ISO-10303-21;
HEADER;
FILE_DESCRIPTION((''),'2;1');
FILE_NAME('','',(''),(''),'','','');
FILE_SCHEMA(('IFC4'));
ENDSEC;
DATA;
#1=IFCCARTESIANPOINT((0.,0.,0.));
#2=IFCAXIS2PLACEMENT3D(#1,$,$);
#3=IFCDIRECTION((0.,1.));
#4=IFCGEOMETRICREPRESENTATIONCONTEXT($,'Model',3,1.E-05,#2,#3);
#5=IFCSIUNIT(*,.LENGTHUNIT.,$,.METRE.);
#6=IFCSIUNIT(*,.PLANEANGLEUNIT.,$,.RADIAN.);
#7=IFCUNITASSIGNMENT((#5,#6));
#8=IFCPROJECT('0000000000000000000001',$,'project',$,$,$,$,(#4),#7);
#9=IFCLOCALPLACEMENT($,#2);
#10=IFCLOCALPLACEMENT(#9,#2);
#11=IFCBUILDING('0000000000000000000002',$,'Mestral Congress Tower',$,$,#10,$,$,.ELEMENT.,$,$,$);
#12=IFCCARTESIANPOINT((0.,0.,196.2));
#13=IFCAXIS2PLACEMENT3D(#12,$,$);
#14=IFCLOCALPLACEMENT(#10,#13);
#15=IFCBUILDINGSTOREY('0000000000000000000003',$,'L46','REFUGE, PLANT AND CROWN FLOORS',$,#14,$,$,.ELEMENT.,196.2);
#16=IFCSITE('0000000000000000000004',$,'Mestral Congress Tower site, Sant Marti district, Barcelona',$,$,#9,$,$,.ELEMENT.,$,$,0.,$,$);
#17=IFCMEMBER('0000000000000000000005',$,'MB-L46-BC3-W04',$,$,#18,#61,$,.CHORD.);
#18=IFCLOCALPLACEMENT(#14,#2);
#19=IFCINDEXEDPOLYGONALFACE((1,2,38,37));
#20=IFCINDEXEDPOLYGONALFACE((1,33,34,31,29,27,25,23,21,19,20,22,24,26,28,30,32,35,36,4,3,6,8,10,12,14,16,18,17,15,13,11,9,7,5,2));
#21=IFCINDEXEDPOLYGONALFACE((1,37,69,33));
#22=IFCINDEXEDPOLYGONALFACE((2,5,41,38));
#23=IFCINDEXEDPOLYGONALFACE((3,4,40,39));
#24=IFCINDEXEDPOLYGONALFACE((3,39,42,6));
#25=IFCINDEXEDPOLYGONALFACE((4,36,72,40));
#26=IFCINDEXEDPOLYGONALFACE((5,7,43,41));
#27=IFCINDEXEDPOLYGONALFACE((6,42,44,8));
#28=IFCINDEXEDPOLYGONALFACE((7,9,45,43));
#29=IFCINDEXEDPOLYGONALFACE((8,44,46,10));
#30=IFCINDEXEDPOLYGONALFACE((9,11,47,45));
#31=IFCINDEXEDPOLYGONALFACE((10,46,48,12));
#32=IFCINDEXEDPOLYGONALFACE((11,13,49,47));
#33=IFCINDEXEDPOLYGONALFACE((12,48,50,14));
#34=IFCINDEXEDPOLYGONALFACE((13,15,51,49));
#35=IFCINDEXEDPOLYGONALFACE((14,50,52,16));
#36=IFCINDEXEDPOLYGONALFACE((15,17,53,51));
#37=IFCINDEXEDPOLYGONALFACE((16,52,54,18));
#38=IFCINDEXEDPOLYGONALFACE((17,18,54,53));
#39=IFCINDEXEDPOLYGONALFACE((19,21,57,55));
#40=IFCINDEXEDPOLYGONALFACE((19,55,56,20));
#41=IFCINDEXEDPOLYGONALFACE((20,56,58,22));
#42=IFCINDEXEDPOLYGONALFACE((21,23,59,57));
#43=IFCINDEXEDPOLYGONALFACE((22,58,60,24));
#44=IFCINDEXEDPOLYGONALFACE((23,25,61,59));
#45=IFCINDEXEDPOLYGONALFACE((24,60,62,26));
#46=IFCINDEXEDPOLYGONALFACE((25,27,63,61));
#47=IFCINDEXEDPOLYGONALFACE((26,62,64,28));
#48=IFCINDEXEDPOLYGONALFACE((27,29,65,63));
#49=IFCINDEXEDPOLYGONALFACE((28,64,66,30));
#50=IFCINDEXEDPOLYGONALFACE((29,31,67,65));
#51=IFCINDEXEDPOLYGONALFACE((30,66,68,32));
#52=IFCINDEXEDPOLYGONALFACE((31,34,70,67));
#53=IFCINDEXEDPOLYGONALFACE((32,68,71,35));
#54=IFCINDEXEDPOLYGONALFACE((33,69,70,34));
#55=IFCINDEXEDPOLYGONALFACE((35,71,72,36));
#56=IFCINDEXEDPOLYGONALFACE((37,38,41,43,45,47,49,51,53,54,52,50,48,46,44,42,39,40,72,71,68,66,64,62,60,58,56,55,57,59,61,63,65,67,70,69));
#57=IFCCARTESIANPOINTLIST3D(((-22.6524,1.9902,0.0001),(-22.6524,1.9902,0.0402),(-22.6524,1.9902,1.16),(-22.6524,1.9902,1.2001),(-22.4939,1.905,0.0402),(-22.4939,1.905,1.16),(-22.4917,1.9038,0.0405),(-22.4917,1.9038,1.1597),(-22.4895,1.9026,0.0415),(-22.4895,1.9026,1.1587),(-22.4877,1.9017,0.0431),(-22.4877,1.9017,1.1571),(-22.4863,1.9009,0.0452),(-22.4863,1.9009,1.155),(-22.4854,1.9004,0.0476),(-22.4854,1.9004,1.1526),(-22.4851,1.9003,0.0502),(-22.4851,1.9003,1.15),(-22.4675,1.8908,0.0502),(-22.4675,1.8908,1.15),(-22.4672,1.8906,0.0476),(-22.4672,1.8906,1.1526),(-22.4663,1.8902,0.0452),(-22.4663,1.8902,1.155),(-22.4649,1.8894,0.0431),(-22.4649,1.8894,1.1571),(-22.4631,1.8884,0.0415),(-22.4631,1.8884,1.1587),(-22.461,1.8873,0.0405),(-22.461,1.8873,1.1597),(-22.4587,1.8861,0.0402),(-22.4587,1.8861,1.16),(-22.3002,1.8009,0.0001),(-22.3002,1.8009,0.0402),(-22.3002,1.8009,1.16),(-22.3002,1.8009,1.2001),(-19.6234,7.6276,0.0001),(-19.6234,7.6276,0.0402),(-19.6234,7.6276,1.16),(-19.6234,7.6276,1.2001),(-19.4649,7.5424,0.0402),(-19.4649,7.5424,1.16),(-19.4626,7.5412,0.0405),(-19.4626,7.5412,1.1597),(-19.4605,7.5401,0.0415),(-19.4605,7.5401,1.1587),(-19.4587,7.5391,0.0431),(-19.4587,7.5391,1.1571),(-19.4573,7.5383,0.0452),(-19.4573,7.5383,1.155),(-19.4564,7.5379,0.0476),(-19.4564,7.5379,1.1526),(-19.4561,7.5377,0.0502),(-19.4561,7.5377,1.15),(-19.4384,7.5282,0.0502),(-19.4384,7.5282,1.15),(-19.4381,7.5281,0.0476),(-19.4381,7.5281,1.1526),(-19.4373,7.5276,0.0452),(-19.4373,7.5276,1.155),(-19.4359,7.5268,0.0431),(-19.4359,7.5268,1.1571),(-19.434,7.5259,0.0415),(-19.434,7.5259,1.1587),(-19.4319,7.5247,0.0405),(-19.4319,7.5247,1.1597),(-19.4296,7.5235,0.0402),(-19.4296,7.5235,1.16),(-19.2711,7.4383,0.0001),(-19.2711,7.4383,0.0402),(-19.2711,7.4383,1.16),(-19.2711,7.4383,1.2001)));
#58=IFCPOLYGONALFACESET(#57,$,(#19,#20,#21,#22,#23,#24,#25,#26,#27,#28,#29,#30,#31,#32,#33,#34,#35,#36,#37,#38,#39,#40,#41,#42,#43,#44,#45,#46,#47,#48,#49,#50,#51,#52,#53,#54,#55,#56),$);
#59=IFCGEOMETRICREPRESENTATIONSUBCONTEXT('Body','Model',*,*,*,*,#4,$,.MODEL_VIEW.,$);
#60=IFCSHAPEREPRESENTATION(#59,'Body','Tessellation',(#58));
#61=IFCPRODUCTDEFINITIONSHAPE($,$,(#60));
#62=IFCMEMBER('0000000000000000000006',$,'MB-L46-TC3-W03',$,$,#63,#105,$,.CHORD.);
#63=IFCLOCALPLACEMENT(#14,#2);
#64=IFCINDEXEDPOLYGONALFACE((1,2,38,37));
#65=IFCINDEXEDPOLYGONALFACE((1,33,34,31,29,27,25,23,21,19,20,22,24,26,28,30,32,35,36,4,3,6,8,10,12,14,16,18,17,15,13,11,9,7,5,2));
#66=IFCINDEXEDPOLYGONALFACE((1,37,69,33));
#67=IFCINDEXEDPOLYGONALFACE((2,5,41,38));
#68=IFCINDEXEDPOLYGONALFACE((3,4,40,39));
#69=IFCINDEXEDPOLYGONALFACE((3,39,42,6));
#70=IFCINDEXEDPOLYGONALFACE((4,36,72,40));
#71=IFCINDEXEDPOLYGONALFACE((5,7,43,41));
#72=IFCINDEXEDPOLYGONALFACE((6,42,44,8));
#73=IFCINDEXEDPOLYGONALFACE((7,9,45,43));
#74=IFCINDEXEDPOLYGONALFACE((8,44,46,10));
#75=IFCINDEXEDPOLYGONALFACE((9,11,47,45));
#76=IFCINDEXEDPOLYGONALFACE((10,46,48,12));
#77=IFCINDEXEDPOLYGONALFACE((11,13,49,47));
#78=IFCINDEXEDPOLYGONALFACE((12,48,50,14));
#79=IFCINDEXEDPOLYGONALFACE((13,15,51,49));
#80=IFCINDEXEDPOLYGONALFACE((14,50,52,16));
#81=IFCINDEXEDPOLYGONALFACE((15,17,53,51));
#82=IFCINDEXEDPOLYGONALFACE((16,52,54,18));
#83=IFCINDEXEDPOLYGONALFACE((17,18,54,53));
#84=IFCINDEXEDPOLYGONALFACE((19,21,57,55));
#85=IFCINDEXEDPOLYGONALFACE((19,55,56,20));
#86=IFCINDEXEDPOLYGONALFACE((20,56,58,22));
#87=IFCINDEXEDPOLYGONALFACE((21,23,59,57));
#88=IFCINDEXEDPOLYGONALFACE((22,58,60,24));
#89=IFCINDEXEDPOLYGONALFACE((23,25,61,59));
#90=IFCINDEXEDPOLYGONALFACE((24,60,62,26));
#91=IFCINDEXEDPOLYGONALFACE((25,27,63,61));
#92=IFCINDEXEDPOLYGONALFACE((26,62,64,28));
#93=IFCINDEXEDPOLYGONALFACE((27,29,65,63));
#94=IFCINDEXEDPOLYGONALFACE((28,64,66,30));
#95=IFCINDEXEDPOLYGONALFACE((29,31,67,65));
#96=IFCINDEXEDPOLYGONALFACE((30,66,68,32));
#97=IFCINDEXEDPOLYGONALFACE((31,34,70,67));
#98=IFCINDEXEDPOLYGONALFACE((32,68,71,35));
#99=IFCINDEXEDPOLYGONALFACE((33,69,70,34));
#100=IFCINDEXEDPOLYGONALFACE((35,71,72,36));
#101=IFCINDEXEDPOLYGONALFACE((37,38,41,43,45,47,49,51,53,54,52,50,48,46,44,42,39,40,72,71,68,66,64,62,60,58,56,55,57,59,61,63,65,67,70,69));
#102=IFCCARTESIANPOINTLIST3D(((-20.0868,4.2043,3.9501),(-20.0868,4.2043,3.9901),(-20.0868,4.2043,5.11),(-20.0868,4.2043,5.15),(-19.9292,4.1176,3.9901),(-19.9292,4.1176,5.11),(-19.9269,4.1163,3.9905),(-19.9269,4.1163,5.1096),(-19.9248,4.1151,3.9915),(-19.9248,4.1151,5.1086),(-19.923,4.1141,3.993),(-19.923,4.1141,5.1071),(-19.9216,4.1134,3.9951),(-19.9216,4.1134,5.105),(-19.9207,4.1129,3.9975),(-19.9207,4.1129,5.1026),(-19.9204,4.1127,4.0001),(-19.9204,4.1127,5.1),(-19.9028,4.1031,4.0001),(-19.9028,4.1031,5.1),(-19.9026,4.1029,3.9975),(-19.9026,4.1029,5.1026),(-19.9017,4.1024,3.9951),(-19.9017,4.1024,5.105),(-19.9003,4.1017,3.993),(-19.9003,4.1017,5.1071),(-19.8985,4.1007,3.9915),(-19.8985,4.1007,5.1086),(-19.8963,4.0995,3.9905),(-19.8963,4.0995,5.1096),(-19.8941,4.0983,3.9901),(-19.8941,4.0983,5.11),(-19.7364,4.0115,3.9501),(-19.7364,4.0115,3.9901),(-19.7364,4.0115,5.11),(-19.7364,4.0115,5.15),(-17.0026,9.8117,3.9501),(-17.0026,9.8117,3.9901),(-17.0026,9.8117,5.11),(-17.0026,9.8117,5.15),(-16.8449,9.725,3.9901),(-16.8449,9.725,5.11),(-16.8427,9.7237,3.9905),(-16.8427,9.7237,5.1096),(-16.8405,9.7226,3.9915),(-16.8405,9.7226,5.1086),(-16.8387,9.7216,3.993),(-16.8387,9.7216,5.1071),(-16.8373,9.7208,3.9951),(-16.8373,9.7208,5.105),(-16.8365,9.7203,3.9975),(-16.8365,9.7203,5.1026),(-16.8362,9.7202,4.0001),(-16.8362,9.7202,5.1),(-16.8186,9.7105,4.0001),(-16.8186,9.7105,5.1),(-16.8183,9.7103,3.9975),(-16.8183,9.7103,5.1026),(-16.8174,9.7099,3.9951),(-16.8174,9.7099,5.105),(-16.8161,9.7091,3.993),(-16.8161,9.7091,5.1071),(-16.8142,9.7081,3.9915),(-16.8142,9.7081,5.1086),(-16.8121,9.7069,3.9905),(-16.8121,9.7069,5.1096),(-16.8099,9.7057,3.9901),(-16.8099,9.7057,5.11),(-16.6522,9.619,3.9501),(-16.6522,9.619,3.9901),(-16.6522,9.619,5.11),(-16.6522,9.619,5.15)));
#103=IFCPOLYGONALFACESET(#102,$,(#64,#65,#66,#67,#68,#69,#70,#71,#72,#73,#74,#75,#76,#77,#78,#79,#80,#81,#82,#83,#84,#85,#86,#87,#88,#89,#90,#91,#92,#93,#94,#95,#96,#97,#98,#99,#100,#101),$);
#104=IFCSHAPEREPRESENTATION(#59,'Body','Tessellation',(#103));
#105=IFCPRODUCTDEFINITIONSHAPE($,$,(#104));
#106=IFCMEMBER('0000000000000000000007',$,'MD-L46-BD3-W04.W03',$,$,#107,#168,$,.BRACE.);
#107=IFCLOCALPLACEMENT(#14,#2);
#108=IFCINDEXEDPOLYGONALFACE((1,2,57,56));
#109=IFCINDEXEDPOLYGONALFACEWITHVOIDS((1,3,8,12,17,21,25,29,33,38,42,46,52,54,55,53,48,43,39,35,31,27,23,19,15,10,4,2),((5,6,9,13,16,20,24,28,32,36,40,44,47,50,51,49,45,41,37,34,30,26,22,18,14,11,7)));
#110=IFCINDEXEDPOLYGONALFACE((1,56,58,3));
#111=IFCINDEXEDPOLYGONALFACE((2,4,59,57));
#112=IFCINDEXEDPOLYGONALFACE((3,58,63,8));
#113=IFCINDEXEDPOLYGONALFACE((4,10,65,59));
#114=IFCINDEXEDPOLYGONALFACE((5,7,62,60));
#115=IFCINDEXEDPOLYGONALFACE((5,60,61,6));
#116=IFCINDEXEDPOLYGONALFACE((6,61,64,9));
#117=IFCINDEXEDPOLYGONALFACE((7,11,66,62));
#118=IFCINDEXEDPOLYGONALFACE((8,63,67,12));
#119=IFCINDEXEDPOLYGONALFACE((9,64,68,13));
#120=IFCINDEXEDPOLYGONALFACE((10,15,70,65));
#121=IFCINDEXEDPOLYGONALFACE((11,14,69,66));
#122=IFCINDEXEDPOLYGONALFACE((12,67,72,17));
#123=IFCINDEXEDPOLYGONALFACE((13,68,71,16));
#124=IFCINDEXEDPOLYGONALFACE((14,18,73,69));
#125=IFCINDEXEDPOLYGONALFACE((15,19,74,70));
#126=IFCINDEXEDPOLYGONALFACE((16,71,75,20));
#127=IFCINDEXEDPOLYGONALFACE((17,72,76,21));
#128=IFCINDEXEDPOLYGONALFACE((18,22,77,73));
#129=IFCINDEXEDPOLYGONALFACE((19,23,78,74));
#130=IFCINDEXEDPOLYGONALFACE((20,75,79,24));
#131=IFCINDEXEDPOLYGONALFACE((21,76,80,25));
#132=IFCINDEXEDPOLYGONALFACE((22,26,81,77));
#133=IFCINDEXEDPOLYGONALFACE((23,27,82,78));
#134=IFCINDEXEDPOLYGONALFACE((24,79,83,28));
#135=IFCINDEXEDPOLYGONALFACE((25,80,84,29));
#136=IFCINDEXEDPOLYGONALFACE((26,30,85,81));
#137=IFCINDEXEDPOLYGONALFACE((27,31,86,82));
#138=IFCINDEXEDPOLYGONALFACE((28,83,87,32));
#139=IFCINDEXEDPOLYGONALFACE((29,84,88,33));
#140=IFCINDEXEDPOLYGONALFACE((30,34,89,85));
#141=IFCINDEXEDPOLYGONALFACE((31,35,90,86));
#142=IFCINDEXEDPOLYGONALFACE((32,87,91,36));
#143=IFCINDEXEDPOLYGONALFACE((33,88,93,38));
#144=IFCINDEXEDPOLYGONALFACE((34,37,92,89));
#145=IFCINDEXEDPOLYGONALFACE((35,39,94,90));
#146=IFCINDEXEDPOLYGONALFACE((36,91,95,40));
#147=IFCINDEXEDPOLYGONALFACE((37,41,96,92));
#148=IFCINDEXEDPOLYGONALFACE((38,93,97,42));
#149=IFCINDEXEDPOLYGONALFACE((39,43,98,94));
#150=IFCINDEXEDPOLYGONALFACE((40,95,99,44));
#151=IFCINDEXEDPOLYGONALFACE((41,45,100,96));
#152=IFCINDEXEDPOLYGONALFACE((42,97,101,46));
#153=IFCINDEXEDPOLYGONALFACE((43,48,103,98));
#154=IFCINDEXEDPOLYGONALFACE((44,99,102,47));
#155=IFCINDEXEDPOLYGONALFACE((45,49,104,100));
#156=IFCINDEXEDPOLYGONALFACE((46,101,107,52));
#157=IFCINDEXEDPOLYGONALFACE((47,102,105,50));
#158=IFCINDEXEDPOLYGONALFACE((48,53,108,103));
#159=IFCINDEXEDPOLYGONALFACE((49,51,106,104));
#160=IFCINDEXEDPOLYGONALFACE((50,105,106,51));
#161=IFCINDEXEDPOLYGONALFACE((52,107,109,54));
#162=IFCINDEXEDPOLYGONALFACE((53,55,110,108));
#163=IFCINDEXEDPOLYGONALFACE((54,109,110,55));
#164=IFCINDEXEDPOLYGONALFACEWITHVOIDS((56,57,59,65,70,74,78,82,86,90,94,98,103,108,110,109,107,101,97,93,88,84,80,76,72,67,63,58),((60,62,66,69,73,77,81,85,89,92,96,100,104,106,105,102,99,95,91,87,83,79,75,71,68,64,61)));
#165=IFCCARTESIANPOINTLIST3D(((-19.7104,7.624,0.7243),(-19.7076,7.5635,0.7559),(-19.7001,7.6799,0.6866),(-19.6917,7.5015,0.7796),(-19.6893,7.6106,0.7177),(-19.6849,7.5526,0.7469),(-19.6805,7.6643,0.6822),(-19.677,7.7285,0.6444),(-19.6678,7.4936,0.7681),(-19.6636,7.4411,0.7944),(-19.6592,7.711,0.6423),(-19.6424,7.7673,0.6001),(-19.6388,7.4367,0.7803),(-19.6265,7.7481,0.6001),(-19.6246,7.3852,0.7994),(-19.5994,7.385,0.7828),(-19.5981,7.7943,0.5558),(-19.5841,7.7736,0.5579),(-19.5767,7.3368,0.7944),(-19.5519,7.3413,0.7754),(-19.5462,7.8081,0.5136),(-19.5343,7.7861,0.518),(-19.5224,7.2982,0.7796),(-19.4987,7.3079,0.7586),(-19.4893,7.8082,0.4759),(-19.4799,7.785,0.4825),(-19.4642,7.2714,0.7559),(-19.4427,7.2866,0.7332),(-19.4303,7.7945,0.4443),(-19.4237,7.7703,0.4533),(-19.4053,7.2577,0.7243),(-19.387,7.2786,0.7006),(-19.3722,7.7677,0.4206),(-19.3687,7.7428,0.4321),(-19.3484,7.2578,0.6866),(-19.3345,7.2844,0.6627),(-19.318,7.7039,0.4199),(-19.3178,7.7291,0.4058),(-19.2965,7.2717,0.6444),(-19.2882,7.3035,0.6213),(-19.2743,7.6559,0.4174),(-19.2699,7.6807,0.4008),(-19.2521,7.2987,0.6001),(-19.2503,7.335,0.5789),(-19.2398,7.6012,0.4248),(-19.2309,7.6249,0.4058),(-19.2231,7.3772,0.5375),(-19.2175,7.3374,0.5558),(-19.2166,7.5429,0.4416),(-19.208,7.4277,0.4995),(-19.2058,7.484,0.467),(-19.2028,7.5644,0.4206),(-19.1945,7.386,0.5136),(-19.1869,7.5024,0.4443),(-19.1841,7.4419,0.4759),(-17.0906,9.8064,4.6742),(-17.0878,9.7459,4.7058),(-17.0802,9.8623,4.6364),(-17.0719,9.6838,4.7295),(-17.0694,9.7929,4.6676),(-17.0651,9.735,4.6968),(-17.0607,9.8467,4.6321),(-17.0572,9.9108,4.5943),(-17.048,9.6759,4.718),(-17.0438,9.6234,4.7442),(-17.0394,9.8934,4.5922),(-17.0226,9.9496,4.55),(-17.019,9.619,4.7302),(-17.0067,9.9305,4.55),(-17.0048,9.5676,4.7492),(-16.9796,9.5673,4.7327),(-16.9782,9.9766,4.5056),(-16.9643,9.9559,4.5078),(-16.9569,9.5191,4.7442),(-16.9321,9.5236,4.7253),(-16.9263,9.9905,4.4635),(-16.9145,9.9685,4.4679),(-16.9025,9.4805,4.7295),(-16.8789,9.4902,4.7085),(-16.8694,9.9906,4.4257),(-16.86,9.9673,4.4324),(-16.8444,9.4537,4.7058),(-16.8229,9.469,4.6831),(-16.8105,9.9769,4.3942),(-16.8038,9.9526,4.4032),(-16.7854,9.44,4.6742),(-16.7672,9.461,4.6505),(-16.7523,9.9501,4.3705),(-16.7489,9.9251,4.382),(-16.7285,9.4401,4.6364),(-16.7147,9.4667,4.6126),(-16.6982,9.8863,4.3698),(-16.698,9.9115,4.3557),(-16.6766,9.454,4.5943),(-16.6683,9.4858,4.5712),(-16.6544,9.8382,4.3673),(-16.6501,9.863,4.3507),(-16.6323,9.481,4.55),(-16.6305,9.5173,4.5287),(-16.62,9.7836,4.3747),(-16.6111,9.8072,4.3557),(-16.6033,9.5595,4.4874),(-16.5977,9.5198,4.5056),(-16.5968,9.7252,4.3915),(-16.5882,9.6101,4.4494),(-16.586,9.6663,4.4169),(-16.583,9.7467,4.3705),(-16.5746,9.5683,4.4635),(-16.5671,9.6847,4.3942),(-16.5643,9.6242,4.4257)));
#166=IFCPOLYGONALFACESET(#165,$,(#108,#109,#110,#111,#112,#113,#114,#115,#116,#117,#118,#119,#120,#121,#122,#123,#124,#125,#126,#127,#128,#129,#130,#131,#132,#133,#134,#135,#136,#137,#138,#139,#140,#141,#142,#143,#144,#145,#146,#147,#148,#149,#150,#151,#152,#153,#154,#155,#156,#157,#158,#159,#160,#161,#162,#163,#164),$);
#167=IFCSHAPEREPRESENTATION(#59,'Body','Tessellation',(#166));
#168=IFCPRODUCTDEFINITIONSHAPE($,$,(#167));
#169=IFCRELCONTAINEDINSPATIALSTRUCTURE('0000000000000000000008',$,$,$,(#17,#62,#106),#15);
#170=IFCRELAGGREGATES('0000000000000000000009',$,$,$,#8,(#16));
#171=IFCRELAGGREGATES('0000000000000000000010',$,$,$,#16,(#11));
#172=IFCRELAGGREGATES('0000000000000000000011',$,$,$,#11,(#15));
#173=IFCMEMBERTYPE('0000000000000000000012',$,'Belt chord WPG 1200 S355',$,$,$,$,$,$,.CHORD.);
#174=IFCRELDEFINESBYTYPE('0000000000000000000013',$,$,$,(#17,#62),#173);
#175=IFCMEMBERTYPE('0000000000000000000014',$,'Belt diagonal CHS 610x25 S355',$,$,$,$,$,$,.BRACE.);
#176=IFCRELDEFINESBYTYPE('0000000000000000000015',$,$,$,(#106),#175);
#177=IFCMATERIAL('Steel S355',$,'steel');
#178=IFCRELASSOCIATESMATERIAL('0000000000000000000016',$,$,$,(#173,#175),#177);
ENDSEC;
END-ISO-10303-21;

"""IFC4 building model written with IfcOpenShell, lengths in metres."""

from ifc_helpers import new_model, si_unit, direction, frame, origin, origin_2d, place, context, subcontext, project, spatial, hollow_circle, i_section, extrude, material, material_profile, profile_set, type_object, element, save


model = new_model("IFC4")

# Units and contexts
model_context = context("Model", 3, precision=1e-05, world=origin(), true_north=direction((0.0, 1.0)))
body_context = subcontext(model_context, "Body", "Model", "MODEL_VIEW")
ifc_project = project(units=[si_unit("LENGTHUNIT", "METRE"), si_unit("PLANEANGLEUNIT", "RADIAN")], contexts=[model_context])

# Site, building, storey
site_placement = place(None, origin())
site = spatial("IfcSite", under=ifc_project, at=site_placement, Name="Mestral Congress Tower site, Sant Marti district, Barcelona", CompositionType="ELEMENT", RefElevation=0.0)
building_placement = place(site_placement, origin())
building = spatial("IfcBuilding", under=site, at=building_placement, Name="Mestral Congress Tower", CompositionType="ELEMENT")
storey_placement = place(building_placement, frame((0.0, 0.0, 196.2)))
storey = spatial("IfcBuildingStorey", under=building, at=storey_placement, Name="L46", Description="REFUGE, PLANT AND CROWN FLOORS", CompositionType="ELEMENT", Elevation=196.2)

# Members
ifc_material_1 = material(Name="Steel S355", Category="steel")
ifc_material_profile_1 = material_profile(ifc_material_1, i_section(OverallWidth=0.3999, OverallDepth=1.2, WebThickness=0.02, FlangeThickness=0.04, FilletRadius=0.01, at=origin_2d()), Name="WPG 1200")
ifc_profile_set_1 = profile_set([ifc_material_profile_1], Name="Steel S355")
member_type_1 = type_object("IfcMemberType", Name="Belt chord WPG 1200 S355", PredefinedType="CHORD", material=ifc_profile_set_1)
for number, where, z_axis, x_axis, name in (
    (1, (-19.4473, 7.533, 0.6001), (-0.473313, -0.880895, 0.0), (0.880895, -0.473313, 0.0), "MB-L46-BC3-W04"),
    (2, (-16.8274, 9.7153, 4.55), (-0.481936, -0.876206, 0.0), (0.876206, -0.481936, 0.0), "MB-L46-TC3-W03"),
):
    element("IfcMember", number, at=place(storey_placement, frame(where, z_axis=z_axis, x_axis=x_axis)), inside=storey, type_object=member_type_1, Name=name, PredefinedType="CHORD", context=body_context, shape_type="SweptSolid", body=[
        extrude(i_section(OverallWidth=0.3999, OverallDepth=1.2, WebThickness=0.02, FlangeThickness=0.04, FilletRadius=0.01, at=origin_2d()), origin(), (0.0, 0.0, 1.0), 6.3997),
    ])
ifc_material_profile_2 = material_profile(ifc_material_1, hollow_circle(Radius=0.3049, WallThickness=0.0249, at=origin_2d()), Name="CHS 610x25")
ifc_profile_set_2 = profile_set([ifc_material_profile_2], Name="Steel S355")
member_type_2 = type_object("IfcMemberType", Name="Belt diagonal CHS 610x25 S355", PredefinedType="BRACE", material=ifc_profile_set_2)
member_1_placement = place(storey_placement, frame((-19.4473, 7.533, 0.6001), z_axis=(0.502074, 0.418231, 0.756971), x_axis=(-0.640036, 0.768345, 0.0)))
element("IfcMember", 3, at=member_1_placement, inside=storey, type_object=member_type_2, Name="MD-L46-BD3-W04.W03", PredefinedType="BRACE", context=body_context, shape_type="SweptSolid", body=[
    extrude(hollow_circle(Radius=0.3049, WallThickness=0.0249, at=origin_2d()), origin(), (0.0, 0.0, 1.0), 5.218),
])

save(model, "model.ifc")
